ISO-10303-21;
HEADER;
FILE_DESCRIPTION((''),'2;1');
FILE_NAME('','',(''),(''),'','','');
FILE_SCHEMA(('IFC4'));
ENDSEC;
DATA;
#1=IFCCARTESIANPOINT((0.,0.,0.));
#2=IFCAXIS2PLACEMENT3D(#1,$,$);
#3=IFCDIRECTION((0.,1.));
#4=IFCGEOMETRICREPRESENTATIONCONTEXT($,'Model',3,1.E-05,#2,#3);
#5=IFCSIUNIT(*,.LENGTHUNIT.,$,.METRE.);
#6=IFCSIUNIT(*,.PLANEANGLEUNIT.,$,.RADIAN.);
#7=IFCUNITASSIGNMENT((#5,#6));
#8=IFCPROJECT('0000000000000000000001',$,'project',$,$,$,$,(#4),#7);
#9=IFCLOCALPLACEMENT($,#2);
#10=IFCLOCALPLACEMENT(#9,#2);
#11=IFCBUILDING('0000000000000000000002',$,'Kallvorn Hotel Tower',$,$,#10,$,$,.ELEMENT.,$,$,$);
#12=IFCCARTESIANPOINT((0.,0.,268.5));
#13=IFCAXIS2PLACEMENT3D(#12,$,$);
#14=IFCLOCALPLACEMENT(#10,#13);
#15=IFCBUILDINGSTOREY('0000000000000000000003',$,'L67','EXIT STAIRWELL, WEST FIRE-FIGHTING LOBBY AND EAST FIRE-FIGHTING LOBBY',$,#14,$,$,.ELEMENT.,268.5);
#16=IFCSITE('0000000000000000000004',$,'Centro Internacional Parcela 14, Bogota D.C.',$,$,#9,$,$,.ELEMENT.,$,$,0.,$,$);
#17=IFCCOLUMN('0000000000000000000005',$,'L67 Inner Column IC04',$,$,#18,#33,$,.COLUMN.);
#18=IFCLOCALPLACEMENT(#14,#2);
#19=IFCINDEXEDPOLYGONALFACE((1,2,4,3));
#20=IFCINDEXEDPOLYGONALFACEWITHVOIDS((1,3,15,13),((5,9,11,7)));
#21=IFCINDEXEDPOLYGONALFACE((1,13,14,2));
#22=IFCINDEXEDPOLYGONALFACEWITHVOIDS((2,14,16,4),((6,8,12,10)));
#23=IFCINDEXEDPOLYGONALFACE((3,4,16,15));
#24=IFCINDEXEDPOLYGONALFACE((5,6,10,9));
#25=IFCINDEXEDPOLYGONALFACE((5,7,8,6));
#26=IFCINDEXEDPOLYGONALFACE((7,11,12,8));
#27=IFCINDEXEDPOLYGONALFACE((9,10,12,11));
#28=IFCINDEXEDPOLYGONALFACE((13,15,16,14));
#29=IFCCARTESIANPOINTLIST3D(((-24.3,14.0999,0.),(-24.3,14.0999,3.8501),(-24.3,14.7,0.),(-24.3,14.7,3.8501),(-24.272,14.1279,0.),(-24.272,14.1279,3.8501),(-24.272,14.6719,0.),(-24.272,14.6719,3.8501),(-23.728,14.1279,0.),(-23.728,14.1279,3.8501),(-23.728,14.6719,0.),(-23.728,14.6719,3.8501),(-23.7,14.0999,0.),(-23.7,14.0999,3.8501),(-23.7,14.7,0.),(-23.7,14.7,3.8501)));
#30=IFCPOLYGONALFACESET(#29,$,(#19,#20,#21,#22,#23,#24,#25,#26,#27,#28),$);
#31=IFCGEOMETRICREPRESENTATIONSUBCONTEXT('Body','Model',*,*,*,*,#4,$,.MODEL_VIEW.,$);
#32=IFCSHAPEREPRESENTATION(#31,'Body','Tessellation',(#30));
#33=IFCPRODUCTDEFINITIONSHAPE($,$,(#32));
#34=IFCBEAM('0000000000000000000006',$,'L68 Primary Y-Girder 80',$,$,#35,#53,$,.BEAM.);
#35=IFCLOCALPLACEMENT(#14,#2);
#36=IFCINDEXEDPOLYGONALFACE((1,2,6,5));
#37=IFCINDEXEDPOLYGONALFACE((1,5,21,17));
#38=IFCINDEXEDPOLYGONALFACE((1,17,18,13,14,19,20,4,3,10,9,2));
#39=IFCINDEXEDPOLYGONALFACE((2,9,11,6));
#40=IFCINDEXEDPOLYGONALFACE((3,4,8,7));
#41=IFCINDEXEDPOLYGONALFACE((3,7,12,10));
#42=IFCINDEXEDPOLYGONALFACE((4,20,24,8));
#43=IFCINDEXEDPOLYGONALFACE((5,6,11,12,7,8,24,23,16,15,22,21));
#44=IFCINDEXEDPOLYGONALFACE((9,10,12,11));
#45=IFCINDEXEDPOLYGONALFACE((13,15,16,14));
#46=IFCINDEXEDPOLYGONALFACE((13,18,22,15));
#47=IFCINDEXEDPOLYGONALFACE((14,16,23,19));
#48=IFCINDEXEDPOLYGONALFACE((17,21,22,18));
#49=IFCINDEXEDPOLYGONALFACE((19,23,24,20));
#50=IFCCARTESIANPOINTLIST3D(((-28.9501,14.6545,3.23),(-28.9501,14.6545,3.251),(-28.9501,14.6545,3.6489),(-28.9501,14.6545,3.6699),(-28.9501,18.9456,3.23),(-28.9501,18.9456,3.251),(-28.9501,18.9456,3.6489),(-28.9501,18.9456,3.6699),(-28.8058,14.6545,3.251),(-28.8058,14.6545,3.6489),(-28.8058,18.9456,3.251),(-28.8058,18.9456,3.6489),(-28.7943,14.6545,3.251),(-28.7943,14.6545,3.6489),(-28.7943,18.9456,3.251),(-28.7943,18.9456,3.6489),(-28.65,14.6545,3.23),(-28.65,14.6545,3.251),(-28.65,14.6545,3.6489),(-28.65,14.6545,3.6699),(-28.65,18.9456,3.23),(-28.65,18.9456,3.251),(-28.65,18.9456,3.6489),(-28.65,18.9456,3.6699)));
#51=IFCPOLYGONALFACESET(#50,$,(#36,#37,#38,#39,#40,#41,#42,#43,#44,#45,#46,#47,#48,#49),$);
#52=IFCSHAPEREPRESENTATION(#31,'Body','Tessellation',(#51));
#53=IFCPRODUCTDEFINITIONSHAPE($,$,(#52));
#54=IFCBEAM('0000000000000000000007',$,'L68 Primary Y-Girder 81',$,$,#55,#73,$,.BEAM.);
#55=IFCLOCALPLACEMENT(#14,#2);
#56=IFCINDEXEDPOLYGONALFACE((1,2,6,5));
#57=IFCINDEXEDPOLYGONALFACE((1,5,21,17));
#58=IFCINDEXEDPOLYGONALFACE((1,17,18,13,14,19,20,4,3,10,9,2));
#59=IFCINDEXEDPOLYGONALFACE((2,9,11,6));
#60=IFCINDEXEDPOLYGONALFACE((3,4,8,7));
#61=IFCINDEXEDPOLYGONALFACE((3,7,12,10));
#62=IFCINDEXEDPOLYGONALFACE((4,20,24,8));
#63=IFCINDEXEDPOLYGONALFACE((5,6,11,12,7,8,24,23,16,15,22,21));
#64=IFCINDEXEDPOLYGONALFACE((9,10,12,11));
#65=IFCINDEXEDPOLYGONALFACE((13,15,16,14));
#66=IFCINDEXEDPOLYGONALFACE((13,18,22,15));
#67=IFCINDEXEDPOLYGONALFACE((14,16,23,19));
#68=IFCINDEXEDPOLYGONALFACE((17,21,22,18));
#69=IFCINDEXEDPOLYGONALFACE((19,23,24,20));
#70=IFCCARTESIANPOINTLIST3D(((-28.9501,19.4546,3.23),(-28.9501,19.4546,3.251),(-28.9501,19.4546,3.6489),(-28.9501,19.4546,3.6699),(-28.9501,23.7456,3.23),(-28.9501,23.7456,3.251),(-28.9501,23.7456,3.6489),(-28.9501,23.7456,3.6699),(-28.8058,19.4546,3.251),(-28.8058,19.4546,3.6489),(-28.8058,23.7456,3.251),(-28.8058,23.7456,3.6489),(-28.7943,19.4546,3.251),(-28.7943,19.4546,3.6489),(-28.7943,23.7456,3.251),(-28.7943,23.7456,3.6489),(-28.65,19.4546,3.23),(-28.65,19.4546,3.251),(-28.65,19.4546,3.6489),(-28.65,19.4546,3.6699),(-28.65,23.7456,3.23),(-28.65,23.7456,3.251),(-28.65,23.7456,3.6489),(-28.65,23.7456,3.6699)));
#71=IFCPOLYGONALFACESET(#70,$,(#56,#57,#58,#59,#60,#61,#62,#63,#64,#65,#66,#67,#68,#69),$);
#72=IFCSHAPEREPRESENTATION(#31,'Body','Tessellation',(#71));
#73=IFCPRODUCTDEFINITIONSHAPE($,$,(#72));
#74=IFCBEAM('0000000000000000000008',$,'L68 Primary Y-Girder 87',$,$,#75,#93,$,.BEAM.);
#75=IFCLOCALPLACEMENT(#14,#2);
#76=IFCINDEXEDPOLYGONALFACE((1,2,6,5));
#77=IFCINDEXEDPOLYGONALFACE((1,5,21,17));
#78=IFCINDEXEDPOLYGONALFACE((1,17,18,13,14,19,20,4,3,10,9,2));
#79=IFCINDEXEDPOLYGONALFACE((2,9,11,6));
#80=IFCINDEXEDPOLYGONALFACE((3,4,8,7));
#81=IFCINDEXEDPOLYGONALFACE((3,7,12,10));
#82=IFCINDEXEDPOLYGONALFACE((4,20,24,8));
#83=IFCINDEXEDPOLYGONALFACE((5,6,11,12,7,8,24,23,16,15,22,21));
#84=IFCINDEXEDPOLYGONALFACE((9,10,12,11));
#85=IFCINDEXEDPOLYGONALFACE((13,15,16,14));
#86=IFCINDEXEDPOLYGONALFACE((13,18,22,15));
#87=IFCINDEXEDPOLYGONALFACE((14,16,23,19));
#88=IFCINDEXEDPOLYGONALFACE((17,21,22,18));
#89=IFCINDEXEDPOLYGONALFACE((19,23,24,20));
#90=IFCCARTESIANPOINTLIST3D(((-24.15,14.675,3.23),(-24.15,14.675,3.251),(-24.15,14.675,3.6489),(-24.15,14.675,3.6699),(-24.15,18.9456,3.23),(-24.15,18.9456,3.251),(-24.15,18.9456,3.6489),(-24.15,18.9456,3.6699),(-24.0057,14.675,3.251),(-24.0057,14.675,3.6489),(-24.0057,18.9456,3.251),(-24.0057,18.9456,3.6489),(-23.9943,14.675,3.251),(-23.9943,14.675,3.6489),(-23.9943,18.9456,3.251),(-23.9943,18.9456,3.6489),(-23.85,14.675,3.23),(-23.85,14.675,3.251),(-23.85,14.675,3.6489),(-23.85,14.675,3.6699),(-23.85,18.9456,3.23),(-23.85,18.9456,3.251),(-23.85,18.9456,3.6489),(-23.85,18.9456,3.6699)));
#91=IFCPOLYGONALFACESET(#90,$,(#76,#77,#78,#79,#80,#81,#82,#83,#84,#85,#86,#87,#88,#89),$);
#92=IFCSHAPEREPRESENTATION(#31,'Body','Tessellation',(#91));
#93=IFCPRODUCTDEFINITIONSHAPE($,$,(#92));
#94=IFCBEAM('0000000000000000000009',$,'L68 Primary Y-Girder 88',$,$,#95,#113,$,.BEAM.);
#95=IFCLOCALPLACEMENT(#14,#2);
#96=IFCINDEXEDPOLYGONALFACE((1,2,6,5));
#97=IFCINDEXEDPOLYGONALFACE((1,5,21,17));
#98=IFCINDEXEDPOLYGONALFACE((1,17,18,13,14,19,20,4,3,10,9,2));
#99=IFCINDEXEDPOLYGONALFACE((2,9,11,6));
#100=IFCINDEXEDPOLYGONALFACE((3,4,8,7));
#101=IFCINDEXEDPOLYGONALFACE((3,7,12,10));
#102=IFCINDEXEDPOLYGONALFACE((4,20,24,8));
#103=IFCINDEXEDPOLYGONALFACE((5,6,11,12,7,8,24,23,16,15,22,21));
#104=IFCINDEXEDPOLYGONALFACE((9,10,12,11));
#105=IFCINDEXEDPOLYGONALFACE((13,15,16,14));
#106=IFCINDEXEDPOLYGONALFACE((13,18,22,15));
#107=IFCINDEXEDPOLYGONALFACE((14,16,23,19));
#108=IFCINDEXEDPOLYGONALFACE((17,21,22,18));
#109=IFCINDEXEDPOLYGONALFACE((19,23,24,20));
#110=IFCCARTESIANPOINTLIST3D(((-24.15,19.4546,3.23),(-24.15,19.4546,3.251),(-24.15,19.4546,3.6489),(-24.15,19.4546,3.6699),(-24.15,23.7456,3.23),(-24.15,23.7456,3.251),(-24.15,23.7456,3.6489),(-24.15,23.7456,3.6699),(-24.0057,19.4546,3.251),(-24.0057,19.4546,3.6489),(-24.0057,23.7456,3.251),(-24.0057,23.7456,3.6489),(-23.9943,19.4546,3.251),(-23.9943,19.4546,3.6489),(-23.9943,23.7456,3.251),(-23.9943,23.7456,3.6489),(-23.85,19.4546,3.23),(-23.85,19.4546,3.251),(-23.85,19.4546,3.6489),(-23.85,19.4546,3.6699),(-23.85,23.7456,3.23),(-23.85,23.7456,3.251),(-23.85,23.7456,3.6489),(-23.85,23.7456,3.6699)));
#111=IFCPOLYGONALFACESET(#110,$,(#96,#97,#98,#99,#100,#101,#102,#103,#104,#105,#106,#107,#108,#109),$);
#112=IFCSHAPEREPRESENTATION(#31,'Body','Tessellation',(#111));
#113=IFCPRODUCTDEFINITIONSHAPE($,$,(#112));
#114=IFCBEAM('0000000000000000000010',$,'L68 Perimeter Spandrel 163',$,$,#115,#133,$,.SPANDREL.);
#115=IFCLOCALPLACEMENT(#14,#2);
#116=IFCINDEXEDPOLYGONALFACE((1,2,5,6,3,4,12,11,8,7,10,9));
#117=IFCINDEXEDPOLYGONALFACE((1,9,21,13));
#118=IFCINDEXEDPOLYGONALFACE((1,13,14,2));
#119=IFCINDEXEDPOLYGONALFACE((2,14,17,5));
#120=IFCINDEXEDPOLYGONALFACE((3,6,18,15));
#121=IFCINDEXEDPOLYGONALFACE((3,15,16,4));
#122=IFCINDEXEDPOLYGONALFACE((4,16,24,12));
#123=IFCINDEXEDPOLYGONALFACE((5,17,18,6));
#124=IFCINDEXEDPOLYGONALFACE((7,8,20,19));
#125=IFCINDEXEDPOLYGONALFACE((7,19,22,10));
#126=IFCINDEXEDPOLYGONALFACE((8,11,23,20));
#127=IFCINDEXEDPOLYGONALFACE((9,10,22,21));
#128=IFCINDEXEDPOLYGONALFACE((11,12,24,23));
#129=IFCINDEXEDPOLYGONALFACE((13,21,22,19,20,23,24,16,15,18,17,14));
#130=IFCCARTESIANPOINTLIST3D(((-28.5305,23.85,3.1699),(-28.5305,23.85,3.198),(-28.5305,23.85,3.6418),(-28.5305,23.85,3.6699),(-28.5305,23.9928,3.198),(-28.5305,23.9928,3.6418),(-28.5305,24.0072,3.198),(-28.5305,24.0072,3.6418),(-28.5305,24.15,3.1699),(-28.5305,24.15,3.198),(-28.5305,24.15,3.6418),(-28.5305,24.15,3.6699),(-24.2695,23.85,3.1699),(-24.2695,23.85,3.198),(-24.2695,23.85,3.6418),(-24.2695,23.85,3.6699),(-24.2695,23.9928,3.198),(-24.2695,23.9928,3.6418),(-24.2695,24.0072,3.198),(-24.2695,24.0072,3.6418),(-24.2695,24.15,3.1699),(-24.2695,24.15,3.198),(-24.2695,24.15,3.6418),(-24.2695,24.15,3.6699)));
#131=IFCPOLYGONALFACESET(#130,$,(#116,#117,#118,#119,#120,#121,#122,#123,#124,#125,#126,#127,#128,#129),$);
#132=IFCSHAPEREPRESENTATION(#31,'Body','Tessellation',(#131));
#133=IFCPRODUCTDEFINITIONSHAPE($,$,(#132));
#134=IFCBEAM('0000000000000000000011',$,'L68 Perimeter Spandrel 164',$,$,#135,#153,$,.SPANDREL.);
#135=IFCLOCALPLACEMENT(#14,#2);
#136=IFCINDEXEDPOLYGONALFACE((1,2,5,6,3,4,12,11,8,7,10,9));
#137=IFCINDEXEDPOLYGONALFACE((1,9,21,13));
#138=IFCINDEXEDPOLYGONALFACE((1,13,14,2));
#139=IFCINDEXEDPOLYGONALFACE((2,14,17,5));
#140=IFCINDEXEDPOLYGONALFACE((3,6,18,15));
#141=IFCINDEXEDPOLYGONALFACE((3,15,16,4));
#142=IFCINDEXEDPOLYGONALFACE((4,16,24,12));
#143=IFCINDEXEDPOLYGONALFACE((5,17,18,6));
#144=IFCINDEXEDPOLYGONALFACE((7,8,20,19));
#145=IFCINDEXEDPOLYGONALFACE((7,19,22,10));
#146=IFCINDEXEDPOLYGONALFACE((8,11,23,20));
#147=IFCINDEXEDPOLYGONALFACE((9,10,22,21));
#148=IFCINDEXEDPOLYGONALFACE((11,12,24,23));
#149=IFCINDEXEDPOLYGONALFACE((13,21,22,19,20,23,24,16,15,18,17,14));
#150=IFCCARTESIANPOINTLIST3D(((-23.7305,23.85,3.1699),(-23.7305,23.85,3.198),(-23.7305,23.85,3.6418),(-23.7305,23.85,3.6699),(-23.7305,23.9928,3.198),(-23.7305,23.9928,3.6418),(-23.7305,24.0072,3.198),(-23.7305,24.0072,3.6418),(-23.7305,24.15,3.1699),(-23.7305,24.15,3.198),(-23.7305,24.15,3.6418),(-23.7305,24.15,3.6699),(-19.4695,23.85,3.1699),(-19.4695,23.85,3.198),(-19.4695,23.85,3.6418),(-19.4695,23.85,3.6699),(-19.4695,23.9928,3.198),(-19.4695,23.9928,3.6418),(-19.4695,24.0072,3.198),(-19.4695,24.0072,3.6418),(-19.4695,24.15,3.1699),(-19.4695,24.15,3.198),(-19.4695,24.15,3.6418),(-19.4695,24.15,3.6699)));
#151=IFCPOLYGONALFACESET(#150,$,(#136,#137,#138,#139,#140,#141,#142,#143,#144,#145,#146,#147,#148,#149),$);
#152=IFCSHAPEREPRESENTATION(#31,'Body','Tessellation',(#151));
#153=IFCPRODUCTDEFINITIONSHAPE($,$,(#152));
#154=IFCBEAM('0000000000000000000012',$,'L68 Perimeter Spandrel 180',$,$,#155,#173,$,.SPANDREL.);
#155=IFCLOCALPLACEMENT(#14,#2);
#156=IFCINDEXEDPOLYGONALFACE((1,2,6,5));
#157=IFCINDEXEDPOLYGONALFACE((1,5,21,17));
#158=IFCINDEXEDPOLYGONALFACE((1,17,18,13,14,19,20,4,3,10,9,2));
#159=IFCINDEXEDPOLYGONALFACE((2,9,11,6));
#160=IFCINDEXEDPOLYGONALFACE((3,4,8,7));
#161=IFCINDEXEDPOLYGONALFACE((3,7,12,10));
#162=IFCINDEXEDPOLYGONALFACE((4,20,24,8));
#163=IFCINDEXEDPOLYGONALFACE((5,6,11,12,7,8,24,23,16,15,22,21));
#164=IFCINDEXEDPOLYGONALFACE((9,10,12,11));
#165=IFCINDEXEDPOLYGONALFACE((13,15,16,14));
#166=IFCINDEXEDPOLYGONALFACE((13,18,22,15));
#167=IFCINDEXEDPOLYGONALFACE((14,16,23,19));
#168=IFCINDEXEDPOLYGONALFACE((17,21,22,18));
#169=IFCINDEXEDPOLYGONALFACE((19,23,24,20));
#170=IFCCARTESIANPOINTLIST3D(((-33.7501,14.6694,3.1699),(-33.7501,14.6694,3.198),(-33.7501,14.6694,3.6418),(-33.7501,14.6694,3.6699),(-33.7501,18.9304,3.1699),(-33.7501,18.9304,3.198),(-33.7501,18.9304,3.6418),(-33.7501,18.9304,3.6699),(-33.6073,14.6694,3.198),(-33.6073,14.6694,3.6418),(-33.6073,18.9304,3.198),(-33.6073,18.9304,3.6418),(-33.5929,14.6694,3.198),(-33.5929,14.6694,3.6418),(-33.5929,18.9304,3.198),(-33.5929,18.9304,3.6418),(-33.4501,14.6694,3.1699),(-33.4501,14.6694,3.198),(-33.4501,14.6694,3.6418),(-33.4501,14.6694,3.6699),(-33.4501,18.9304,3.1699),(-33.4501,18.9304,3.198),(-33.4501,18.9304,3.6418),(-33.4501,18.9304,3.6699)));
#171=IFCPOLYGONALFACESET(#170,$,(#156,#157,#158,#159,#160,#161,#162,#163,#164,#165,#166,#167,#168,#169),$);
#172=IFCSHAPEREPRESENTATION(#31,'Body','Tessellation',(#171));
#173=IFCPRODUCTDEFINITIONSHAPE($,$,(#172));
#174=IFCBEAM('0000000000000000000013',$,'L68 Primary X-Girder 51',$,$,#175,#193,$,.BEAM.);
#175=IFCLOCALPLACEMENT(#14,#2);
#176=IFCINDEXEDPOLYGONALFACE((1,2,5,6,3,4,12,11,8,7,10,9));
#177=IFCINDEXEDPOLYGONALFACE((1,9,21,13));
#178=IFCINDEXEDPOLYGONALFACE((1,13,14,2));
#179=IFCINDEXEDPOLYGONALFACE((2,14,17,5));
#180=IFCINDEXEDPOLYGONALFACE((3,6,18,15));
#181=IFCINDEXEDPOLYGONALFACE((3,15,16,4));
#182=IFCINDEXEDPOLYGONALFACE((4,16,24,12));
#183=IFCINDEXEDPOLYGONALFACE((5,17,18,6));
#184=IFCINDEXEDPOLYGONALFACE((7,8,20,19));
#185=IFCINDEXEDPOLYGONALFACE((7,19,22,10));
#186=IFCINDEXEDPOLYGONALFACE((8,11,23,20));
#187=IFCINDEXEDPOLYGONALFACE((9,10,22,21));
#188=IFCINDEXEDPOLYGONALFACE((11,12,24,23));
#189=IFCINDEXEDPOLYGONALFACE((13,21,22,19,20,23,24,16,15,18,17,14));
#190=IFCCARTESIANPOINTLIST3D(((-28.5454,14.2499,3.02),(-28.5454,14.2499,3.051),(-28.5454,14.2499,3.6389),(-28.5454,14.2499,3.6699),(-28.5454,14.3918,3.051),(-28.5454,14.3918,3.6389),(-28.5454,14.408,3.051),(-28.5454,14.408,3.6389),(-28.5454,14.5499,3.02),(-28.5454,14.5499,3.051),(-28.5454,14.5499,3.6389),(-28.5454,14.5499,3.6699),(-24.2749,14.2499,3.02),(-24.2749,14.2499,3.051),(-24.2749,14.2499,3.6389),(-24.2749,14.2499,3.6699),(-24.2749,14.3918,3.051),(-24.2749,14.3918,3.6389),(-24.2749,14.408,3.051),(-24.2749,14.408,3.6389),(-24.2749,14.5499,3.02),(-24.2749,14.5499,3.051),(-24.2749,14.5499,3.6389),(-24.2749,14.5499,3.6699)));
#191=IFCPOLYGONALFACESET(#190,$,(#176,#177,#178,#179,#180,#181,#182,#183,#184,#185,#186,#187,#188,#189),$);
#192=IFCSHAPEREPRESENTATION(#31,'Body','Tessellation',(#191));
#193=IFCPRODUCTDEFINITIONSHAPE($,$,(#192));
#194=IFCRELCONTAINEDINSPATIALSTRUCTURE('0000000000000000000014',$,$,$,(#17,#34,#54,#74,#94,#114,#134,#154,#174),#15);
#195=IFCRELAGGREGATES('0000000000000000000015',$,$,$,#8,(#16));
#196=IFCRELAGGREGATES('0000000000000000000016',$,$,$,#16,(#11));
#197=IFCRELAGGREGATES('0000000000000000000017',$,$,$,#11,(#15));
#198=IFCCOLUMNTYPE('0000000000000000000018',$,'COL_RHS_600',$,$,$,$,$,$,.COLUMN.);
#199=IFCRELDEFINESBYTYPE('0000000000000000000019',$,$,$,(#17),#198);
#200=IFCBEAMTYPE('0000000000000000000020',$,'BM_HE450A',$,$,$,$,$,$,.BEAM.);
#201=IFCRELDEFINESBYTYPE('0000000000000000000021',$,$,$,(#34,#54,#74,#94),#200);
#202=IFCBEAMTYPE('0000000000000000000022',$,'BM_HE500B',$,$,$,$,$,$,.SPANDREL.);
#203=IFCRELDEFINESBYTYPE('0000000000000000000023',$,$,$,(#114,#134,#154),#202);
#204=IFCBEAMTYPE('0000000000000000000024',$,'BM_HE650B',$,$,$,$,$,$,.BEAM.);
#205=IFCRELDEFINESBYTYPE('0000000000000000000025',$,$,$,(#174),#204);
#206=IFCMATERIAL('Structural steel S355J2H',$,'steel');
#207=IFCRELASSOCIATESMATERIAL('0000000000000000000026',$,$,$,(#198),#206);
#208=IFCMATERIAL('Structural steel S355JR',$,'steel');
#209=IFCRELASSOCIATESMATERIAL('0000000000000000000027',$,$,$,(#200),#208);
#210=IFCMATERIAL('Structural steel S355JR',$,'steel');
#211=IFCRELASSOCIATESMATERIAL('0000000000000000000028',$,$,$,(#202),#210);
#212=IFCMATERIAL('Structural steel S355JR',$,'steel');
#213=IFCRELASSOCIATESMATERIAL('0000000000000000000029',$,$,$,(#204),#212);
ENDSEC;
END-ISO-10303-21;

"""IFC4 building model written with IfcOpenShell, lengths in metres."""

from ifc_helpers import new_model, si_unit, direction, frame, origin, origin_2d, place, context, subcontext, project, spatial, hollow_rectangle, i_section, extrude, material, material_profile, profile_set, type_object, element, save


model = new_model("IFC4")

# Units and contexts
model_context = context("Model", 3, precision=1e-05, world=origin(), true_north=direction((0.0, 1.0)))
body_context = subcontext(model_context, "Body", "Model", "MODEL_VIEW")
ifc_project = project(units=[si_unit("LENGTHUNIT", "METRE"), si_unit("PLANEANGLEUNIT", "RADIAN")], contexts=[model_context])

# Site, building, storey
site_placement = place(None, origin())
site = spatial("IfcSite", under=ifc_project, at=site_placement, Name="Centro Internacional Parcela 14, Bogota D.C.", CompositionType="ELEMENT", RefElevation=0.0)
building_placement = place(site_placement, origin())
building = spatial("IfcBuilding", under=site, at=building_placement, Name="Kallvorn Hotel Tower", CompositionType="ELEMENT")
storey_placement = place(building_placement, frame((0.0, 0.0, 268.5)))
storey = spatial("IfcBuildingStorey", under=building, at=storey_placement, Name="L67", Description="EXIT STAIRWELL, WEST FIRE-FIGHTING LOBBY AND EAST FIRE-FIGHTING LOBBY", CompositionType="ELEMENT", Elevation=268.5)

# Column
ifc_material_1 = material(Name="Structural steel S355J2H", Category="steel")
ifc_material_profile_1 = material_profile(ifc_material_1, hollow_rectangle(XDim=0.6001, YDim=0.6001, WallThickness=0.0281, at=origin_2d()), Name="RHS 600x600x28")
ifc_profile_set_1 = profile_set([ifc_material_profile_1], Name="Structural steel S355J2H")
column_type_1 = type_object("IfcColumnType", Name="COL_RHS_600", PredefinedType="COLUMN", material=ifc_profile_set_1)
column_placement = place(storey_placement, frame((-24.0, 14.3999, 0.0), z_axis=(0.0, 0.0, 1.0), x_axis=(1.0, 0.0, 0.0)))
element("IfcColumn", 1, at=column_placement, inside=storey, type_object=column_type_1, Name="L67 Inner Column IC04", PredefinedType="COLUMN", context=body_context, shape_type="SweptSolid", body=[
    extrude(hollow_rectangle(XDim=0.6001, YDim=0.6001, WallThickness=0.0281, at=origin_2d()), origin(), (0.0, 0.0, 1.0), 3.8501),
])

# Beams
ifc_material_2 = material(Name="Structural steel S355JR", Category="steel")
ifc_material_profile_2 = material_profile(ifc_material_2, i_section(OverallWidth=0.3, OverallDepth=0.4399, WebThickness=0.0115, FlangeThickness=0.021, at=origin_2d()), Name="HE 450 A")
ifc_profile_set_2 = profile_set([ifc_material_profile_2], Name="Structural steel S355JR")
beam_type_1 = type_object("IfcBeamType", Name="BM_HE450A", PredefinedType="BEAM", material=ifc_profile_set_2)
for number, where, z_axis, x_axis, name in (
    (2, (-28.8, 14.6545, 3.45), (0.0, 1.0, 0.0), (-1.0, 0.0, 0.0), "L68 Primary Y-Girder 80"),
    (3, (-28.8, 19.4546, 3.45), (0.0, 1.0, 0.0), (-1.0, 0.0, 0.0), "L68 Primary Y-Girder 81"),
):
    element("IfcBeam", number, at=place(storey_placement, frame(where, z_axis=z_axis, x_axis=x_axis)), inside=storey, type_object=beam_type_1, Name=name, PredefinedType="BEAM", context=body_context, shape_type="SweptSolid", body=[
        extrude(i_section(OverallWidth=0.3, OverallDepth=0.4399, WebThickness=0.0115, FlangeThickness=0.021, at=origin_2d()), origin(), (0.0, 0.0, 1.0), 4.291),
    ])
beam_1_placement = place(storey_placement, frame((-24.0, 14.675, 3.45), z_axis=(0.0, 1.0, 0.0), x_axis=(-1.0, 0.0, 0.0)))
element("IfcBeam", 4, at=beam_1_placement, inside=storey, type_object=beam_type_1, Name="L68 Primary Y-Girder 87", PredefinedType="BEAM", context=body_context, shape_type="SweptSolid", body=[
    extrude(i_section(OverallWidth=0.3, OverallDepth=0.4399, WebThickness=0.0115, FlangeThickness=0.021, at=origin_2d()), origin(), (0.0, 0.0, 1.0), 4.2705),
])
beam_2_placement = place(storey_placement, frame((-24.0, 19.4546, 3.45), z_axis=(0.0, 1.0, 0.0), x_axis=(-1.0, 0.0, 0.0)))
element("IfcBeam", 5, at=beam_2_placement, inside=storey, type_object=beam_type_1, Name="L68 Primary Y-Girder 88", PredefinedType="BEAM", context=body_context, shape_type="SweptSolid", body=[
    extrude(i_section(OverallWidth=0.3, OverallDepth=0.4399, WebThickness=0.0115, FlangeThickness=0.021, at=origin_2d()), origin(), (0.0, 0.0, 1.0), 4.291),
])
ifc_material_3 = material(Name="Structural steel S355JR", Category="steel")
ifc_material_profile_3 = material_profile(ifc_material_3, i_section(OverallWidth=0.3, OverallDepth=0.5, WebThickness=0.0144, FlangeThickness=0.0281, at=origin_2d()), Name="HE 500 B")
ifc_profile_set_3 = profile_set([ifc_material_profile_3], Name="Structural steel S355JR")
beam_type_2 = type_object("IfcBeamType", Name="BM_HE500B", PredefinedType="SPANDREL", material=ifc_profile_set_3)
for number, where, z_axis, x_axis, name in (
    (6, (-28.5305, 24.0, 3.4199), (1.0, 0.0, 0.0), (0.0, 1.0, 0.0), "L68 Perimeter Spandrel 163"),
    (7, (-23.7305, 24.0, 3.4199), (1.0, 0.0, 0.0), (0.0, 1.0, 0.0), "L68 Perimeter Spandrel 164"),
    (8, (-33.6001, 14.6694, 3.4199), (0.0, 1.0, 0.0), (-1.0, 0.0, 0.0), "L68 Perimeter Spandrel 180"),
):
    element("IfcBeam", number, at=place(storey_placement, frame(where, z_axis=z_axis, x_axis=x_axis)), inside=storey, type_object=beam_type_2, Name=name, PredefinedType="SPANDREL", context=body_context, shape_type="SweptSolid", body=[
        extrude(i_section(OverallWidth=0.3, OverallDepth=0.5, WebThickness=0.0144, FlangeThickness=0.0281, at=origin_2d()), origin(), (0.0, 0.0, 1.0), 4.261),
    ])
ifc_material_4 = material(Name="Structural steel S355JR", Category="steel")
ifc_material_profile_4 = material_profile(ifc_material_4, i_section(OverallWidth=0.3, OverallDepth=0.6499, WebThickness=0.0161, FlangeThickness=0.031, at=origin_2d()), Name="HE 650 B")
ifc_profile_set_4 = profile_set([ifc_material_profile_4], Name="Structural steel S355JR")
beam_type_3 = type_object("IfcBeamType", Name="BM_HE650B", PredefinedType="BEAM", material=ifc_profile_set_4)
for number, where, z_axis, x_axis, name in (
    (9, (-28.5454, 14.3999, 3.345), (1.0, 0.0, 0.0), (0.0, 1.0, 0.0), "L68 Primary X-Girder 51"),
):
    element("IfcBeam", number, at=place(storey_placement, frame(where, z_axis=z_axis, x_axis=x_axis)), inside=storey, type_object=beam_type_3, Name=name, PredefinedType="BEAM", context=body_context, shape_type="SweptSolid", body=[
        extrude(i_section(OverallWidth=0.3, OverallDepth=0.6499, WebThickness=0.0161, FlangeThickness=0.031, at=origin_2d()), origin(), (0.0, 0.0, 1.0), 4.2705),
    ])

save(model, "model.ifc")
